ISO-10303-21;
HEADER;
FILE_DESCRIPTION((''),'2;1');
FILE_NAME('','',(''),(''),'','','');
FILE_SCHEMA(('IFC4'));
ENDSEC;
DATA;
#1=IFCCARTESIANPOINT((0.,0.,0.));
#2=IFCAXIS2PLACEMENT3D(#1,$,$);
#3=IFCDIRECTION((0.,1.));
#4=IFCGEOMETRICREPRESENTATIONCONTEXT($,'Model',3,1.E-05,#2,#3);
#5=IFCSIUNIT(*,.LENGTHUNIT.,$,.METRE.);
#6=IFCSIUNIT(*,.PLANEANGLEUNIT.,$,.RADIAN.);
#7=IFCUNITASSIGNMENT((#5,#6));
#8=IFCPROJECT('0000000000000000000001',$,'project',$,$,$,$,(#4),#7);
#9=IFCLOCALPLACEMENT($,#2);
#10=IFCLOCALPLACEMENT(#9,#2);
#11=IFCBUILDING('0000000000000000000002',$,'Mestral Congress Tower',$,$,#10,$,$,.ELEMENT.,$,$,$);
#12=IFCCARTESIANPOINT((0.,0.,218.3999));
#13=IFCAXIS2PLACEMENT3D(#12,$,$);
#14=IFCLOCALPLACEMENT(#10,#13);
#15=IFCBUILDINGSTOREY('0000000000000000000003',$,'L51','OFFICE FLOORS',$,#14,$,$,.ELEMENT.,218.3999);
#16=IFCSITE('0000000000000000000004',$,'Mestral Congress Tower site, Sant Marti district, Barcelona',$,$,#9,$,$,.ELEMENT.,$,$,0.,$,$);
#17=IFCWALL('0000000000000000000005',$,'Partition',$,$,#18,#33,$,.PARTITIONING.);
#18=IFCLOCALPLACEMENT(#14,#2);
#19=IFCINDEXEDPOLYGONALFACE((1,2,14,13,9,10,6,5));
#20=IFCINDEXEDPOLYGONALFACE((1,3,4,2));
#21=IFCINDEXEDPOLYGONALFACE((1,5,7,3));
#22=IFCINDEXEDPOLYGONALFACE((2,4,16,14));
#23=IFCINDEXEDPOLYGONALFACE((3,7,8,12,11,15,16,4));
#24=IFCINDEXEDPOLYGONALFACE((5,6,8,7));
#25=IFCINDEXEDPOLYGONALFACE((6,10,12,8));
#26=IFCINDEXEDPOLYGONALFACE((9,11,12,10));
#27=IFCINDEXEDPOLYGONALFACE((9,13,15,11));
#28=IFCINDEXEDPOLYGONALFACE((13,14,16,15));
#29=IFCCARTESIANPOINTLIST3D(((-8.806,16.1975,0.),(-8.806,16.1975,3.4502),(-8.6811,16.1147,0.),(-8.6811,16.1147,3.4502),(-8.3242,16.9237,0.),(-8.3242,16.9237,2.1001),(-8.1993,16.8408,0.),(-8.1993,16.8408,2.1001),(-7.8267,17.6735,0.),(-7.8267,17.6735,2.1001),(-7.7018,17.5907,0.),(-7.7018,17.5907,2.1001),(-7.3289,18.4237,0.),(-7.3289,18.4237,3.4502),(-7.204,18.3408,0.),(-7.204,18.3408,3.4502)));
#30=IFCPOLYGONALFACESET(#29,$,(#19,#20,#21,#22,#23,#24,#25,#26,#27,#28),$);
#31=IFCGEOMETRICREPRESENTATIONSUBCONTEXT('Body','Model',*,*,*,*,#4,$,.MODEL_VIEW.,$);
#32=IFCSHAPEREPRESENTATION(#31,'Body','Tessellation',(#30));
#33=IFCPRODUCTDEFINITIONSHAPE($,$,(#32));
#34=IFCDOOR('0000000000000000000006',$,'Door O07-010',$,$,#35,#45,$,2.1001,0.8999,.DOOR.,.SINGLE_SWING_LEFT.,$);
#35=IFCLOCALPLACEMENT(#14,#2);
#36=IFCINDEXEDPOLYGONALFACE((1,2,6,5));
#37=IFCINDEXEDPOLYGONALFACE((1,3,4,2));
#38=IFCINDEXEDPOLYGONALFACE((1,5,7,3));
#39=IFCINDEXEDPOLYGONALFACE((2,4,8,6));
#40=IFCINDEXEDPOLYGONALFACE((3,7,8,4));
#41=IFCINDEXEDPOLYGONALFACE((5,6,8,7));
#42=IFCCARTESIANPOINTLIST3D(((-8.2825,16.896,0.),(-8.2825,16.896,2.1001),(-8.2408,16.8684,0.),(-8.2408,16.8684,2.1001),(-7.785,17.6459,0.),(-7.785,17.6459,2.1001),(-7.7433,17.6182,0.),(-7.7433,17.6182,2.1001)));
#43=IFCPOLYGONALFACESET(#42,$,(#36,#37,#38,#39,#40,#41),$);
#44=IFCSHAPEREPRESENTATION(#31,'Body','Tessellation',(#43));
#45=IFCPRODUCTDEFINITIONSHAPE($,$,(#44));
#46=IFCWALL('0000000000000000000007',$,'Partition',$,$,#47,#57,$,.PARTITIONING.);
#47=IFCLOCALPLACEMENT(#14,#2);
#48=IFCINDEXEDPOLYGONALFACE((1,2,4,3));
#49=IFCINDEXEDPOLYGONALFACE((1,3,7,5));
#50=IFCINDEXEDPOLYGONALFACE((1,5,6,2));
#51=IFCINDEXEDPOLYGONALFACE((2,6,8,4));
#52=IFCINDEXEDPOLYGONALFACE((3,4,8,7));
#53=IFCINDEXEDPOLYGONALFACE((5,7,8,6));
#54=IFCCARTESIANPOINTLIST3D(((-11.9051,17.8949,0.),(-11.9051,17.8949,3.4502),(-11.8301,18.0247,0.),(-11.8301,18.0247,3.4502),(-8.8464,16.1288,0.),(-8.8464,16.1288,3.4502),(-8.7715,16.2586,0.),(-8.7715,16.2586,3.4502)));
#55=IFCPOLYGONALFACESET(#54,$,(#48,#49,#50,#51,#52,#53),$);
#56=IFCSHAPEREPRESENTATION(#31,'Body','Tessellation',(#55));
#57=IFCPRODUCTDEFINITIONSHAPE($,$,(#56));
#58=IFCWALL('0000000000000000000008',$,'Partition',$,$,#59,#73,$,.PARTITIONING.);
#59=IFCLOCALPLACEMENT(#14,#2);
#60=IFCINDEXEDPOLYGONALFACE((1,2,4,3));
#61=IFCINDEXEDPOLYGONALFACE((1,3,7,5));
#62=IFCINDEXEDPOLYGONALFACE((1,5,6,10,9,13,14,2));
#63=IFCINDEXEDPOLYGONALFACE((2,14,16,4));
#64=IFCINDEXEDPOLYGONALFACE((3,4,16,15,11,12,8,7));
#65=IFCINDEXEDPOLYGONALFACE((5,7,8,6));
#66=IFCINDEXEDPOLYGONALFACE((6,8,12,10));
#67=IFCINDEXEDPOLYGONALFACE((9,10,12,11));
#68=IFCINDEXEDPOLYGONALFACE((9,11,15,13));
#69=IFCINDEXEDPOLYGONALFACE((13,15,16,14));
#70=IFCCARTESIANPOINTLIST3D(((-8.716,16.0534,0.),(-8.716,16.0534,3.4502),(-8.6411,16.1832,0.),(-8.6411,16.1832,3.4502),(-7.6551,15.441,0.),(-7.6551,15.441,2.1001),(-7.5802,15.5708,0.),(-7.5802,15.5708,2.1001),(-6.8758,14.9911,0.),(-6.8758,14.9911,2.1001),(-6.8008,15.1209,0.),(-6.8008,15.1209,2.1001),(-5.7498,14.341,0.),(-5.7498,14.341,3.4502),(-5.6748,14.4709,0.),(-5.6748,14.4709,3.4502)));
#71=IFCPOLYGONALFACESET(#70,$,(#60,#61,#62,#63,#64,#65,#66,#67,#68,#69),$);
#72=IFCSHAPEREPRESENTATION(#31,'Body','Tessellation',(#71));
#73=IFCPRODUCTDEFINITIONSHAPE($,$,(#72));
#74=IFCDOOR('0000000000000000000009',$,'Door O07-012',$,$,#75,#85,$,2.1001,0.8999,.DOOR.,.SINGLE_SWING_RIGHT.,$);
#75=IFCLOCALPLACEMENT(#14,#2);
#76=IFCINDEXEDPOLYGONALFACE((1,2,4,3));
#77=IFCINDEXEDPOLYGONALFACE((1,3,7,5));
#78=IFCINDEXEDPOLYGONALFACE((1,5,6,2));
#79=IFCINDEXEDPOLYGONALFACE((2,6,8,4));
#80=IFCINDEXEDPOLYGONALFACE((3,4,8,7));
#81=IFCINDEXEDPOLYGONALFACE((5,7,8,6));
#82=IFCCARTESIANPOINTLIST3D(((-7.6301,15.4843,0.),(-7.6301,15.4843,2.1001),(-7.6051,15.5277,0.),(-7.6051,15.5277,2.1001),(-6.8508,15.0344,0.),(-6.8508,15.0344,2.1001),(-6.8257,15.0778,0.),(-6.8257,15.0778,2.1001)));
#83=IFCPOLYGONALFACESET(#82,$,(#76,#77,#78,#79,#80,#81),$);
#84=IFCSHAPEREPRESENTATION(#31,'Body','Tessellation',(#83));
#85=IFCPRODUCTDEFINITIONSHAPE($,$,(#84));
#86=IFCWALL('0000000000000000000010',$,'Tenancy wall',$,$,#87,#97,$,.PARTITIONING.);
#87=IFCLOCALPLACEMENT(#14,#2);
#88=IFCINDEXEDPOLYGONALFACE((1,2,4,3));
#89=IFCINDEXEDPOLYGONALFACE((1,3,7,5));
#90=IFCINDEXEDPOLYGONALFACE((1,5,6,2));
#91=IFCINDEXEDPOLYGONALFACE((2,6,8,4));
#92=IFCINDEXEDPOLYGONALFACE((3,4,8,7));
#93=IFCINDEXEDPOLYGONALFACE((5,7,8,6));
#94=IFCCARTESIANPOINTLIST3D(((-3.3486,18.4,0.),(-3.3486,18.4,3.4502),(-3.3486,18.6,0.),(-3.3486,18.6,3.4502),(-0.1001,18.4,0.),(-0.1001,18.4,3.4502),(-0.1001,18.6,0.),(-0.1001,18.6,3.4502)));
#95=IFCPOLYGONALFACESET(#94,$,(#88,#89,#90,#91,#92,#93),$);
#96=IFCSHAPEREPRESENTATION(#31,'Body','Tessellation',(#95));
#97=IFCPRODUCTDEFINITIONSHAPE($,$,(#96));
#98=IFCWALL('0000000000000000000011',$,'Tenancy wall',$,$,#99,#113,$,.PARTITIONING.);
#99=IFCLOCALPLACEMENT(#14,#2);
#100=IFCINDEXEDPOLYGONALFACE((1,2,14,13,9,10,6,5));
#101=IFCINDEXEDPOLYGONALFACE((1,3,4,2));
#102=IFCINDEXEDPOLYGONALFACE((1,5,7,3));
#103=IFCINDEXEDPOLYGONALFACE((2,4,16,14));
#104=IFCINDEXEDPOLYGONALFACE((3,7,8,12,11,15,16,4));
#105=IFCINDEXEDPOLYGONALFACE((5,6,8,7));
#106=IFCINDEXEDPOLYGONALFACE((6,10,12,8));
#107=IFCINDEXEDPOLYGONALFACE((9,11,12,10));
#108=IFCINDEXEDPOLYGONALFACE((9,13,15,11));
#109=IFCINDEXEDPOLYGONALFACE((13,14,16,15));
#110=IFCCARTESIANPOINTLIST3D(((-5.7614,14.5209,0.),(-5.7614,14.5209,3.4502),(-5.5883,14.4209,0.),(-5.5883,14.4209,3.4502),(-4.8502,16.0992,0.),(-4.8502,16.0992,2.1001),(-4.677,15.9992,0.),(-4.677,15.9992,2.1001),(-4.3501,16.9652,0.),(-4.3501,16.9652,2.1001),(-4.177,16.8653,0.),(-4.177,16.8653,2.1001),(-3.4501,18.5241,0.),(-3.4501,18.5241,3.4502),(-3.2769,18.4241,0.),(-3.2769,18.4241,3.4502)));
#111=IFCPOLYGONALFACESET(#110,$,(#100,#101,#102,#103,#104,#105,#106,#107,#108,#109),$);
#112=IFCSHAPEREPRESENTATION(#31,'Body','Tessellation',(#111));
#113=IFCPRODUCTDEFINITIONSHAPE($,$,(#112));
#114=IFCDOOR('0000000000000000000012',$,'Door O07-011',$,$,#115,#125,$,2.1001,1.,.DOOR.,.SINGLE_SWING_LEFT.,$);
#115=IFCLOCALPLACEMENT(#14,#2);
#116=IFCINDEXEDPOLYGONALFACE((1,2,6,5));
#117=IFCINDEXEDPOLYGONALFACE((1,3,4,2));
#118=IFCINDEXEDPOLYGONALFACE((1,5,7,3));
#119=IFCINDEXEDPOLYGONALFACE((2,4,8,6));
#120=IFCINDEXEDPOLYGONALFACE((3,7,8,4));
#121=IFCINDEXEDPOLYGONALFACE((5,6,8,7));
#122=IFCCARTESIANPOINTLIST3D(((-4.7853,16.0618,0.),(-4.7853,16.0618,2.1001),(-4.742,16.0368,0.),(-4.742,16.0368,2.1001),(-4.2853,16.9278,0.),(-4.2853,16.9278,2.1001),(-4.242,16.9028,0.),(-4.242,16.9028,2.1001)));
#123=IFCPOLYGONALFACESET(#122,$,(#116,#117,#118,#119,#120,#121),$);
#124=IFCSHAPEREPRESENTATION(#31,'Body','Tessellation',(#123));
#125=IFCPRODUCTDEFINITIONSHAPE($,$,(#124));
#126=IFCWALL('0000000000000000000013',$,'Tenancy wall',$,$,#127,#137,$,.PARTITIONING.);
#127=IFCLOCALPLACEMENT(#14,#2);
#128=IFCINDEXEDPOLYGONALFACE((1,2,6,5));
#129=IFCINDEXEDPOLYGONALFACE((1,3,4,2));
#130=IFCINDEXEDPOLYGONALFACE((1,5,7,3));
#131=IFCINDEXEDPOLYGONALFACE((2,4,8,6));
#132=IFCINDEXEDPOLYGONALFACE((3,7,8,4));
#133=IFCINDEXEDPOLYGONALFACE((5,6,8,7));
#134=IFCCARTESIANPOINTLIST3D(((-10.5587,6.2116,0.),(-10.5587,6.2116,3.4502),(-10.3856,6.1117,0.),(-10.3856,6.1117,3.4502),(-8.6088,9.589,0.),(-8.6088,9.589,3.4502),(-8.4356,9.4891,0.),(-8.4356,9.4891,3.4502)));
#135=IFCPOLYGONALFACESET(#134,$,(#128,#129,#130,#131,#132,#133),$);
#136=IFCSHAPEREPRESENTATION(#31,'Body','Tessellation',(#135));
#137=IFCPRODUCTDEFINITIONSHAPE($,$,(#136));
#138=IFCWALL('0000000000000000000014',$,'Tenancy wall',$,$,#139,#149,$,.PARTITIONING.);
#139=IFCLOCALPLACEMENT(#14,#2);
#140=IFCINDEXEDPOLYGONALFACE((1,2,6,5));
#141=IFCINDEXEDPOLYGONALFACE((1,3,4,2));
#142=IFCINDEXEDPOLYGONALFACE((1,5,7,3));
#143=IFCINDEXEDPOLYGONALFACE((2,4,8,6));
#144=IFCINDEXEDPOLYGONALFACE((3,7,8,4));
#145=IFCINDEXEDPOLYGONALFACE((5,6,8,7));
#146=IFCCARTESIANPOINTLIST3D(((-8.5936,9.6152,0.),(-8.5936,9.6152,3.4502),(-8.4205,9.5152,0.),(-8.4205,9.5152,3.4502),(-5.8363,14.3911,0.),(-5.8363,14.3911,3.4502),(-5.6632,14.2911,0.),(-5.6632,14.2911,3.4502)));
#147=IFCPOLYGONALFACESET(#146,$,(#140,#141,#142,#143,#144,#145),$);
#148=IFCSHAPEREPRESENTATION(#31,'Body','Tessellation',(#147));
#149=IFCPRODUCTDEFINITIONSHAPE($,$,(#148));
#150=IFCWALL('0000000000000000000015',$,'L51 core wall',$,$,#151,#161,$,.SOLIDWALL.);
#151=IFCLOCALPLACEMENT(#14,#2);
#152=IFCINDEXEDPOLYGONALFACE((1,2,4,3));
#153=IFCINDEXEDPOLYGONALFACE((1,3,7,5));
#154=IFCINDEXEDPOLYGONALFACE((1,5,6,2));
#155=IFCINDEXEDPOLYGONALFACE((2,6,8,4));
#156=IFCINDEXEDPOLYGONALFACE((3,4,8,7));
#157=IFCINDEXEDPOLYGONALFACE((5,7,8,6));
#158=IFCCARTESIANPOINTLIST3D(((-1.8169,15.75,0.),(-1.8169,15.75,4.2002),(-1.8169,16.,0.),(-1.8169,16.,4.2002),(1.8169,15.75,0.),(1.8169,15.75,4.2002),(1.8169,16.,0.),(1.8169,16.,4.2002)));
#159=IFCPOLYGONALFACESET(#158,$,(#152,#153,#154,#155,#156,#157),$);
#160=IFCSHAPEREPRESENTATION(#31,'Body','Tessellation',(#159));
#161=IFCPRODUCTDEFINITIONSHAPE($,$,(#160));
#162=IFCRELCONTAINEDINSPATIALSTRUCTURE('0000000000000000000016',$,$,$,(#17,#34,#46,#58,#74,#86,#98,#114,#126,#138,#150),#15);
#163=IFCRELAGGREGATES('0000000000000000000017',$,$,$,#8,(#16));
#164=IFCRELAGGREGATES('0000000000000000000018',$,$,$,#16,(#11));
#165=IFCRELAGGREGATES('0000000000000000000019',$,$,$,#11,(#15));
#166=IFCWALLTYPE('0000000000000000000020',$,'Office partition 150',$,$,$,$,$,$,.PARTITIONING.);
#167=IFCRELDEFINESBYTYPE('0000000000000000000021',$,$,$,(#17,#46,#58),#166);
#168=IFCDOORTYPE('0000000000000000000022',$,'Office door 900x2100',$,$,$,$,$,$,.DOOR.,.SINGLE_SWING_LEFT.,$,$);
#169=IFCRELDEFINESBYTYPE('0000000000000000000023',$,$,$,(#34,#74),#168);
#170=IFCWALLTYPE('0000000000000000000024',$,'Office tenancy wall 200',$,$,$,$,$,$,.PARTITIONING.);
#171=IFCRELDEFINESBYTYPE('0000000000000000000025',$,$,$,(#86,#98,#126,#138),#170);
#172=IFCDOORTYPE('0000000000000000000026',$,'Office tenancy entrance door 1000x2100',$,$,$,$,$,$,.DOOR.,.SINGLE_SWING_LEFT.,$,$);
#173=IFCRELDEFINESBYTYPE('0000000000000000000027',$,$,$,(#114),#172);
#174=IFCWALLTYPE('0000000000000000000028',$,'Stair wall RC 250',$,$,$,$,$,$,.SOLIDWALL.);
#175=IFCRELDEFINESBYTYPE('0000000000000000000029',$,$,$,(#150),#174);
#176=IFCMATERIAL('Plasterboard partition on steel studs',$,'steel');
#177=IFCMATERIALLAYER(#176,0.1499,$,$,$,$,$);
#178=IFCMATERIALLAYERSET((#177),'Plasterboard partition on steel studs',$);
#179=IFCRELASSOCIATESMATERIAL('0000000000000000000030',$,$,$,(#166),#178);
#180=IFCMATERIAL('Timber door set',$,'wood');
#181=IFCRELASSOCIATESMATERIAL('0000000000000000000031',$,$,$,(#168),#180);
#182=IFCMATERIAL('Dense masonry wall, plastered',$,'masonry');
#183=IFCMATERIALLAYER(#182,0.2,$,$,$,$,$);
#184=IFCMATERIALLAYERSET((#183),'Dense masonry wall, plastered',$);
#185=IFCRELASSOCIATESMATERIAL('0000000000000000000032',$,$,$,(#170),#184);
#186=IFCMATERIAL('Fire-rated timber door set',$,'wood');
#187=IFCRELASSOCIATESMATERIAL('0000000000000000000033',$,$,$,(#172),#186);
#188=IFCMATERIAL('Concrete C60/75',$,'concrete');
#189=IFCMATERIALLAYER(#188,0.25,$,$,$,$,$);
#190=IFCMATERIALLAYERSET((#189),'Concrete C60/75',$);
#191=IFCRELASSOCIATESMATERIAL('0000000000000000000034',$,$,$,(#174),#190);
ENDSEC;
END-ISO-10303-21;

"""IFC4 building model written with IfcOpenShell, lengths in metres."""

from ifc_helpers import new_model, si_unit, direction, frame, frame_2d, origin, place, context, subcontext, project, spatial, rectangle, extrude, material, layer, layer_set, type_object, element, fill, save


model = new_model("IFC4")

# Units and contexts
model_context = context("Model", 3, precision=1e-05, world=origin(), true_north=direction((0.0, 1.0)))
body_context = subcontext(model_context, "Body", "Model", "MODEL_VIEW")
ifc_project = project(units=[si_unit("LENGTHUNIT", "METRE"), si_unit("PLANEANGLEUNIT", "RADIAN")], contexts=[model_context])

# Site, building, storey
site_placement = place(None, origin())
site = spatial("IfcSite", under=ifc_project, at=site_placement, Name="Mestral Congress Tower site, Sant Marti district, Barcelona", CompositionType="ELEMENT", RefElevation=0.0)
building_placement = place(site_placement, origin())
building = spatial("IfcBuilding", under=site, at=building_placement, Name="Mestral Congress Tower", CompositionType="ELEMENT")
storey_placement = place(building_placement, frame((0.0, 0.0, 218.3999)))
storey = spatial("IfcBuildingStorey", under=building, at=storey_placement, Name="L51", Description="OFFICE FLOORS", CompositionType="ELEMENT", Elevation=218.3999)

# Shared definitions
ifc_material_1 = material(Name="Concrete C60/75", Category="concrete")

# Wall, opening, door
ifc_material_2 = material(Name="Plasterboard partition on steel studs", Category="steel")
ifc_layer_1 = layer(ifc_material_2, 0.1499)
ifc_layer_set_1 = layer_set([ifc_layer_1], Name="Plasterboard partition on steel studs")
wall_type_1 = type_object("IfcWallType", Name="Office partition 150", PredefinedType="PARTITIONING", material=ifc_layer_set_1)
wall_1_placement = place(storey_placement, frame((-8.7437, 16.156, 0.0), z_axis=(0.0, 0.0, 1.0), x_axis=(0.552885, 0.833257, 0.0)))
wall_1 = element("IfcWall", 1, at=wall_1_placement, inside=storey, type_object=wall_type_1, Name="Partition", PredefinedType="PARTITIONING", context=body_context, shape_type="SweptSolid", body=[
    extrude(rectangle(XDim=2.6716, YDim=0.1499, at=frame_2d((1.3359, 0.0))), origin(), (0.0, 0.0, 1.0), 3.4502),
])
opening_1_placement = place(wall_1_placement, frame((0.8716, 0.0, 0.0)))
opening_1 = element("IfcOpeningElement", 2, at=opening_1_placement, cuts=wall_1, PredefinedType="OPENING", context=body_context, shape_type="SweptSolid", body=[
    extrude(rectangle(XDim=0.8999, YDim=2.1001, at=frame_2d((0.45, 1.05))), frame((0.0, 0.085, 0.0), z_axis=(0.0, -1.0, 0.0), x_axis=(1.0, 0.0, 0.0)), (0.0, 0.0, 1.0), 0.1699),
])
ifc_material_3 = material(Name="Timber door set", Category="wood")
door_type_1 = type_object("IfcDoorType", Name="Office door 900x2100", OperationType="SINGLE_SWING_LEFT", PredefinedType="DOOR", material=ifc_material_3)
door_1_placement = place(opening_1_placement, origin())
door_1 = element("IfcDoor", 3, at=door_1_placement, inside=storey, type_object=door_type_1, Name="Door O07-010", OperationType="SINGLE_SWING_LEFT", OverallHeight=2.1001, OverallWidth=0.8999, PredefinedType="DOOR", context=body_context, shape_type="SweptSolid", body=[
    extrude(rectangle(XDim=0.8999, YDim=2.1001, at=frame_2d((0.45, 1.05))), frame((0.0, 0.0249, 0.0), z_axis=(0.0, -1.0, 0.0), x_axis=(1.0, 0.0, 0.0)), (0.0, 0.0, 1.0), 0.05),
])
fill(opening_1, door_1)

# Wall
wall_2_placement = place(storey_placement, frame((-8.8088, 16.1936, 0.0), z_axis=(0.0, 0.0, 1.0), x_axis=(-0.865997, 0.50005, 0.0)))
element("IfcWall", 4, at=wall_2_placement, inside=storey, type_object=wall_type_1, Name="Partition", PredefinedType="PARTITIONING", context=body_context, shape_type="SweptSolid", body=[
    extrude(rectangle(XDim=3.532, YDim=0.1499, at=frame_2d((1.7661, 0.0))), origin(), (0.0, 0.0, 1.0), 3.4502),
])

# Wall, opening, door
wall_3_placement = place(storey_placement, frame((-5.7124, 14.406, 0.0), z_axis=(0.0, 0.0, 1.0), x_axis=(-0.86605, 0.499957, 0.0)))
wall_3 = element("IfcWall", 5, at=wall_3_placement, inside=storey, type_object=wall_type_1, Name="Partition", PredefinedType="PARTITIONING", context=body_context, shape_type="SweptSolid", body=[
    extrude(rectangle(XDim=3.425, YDim=0.1499, at=frame_2d((1.7124, 0.0))), origin(), (0.0, 0.0, 1.0), 3.4502),
])
opening_2_placement = place(wall_3_placement, frame((1.3, 0.0, 0.0)))
opening_2 = element("IfcOpeningElement", 6, at=opening_2_placement, cuts=wall_3, PredefinedType="OPENING", context=body_context, shape_type="SweptSolid", body=[
    extrude(rectangle(XDim=0.8999, YDim=2.1001, at=frame_2d((0.45, 1.05))), frame((0.0, 0.085, 0.0), z_axis=(0.0, -1.0, 0.0), x_axis=(1.0, 0.0, 0.0)), (0.0, 0.0, 1.0), 0.1699),
])
door_2_placement = place(opening_2_placement, origin())
door_2 = element("IfcDoor", 7, at=door_2_placement, inside=storey, type_object=door_type_1, Name="Door O07-012", OperationType="SINGLE_SWING_RIGHT", OverallHeight=2.1001, OverallWidth=0.8999, PredefinedType="DOOR", context=body_context, shape_type="SweptSolid", body=[
    extrude(rectangle(XDim=0.8999, YDim=2.1001, at=frame_2d((0.45, 1.05))), frame((0.0, 0.0249, 0.0), z_axis=(0.0, -1.0, 0.0), x_axis=(1.0, 0.0, 0.0)), (0.0, 0.0, 1.0), 0.05),
])
fill(opening_2, door_2)

# Wall
ifc_material_4 = material(Name="Dense masonry wall, plastered", Category="masonry")
ifc_layer_2 = layer(ifc_material_4, 0.2)
ifc_layer_set_2 = layer_set([ifc_layer_2], Name="Dense masonry wall, plastered")
wall_type_2 = type_object("IfcWallType", Name="Office tenancy wall 200", PredefinedType="PARTITIONING", material=ifc_layer_set_2)
wall_4_placement = place(storey_placement, frame((-0.1001, 18.5, 0.0), z_axis=(0.0, 0.0, 1.0), x_axis=(-1.0, 0.0, 0.0)))
element("IfcWall", 8, at=wall_4_placement, inside=storey, type_object=wall_type_2, Name="Tenancy wall", PredefinedType="PARTITIONING", context=body_context, shape_type="SweptSolid", body=[
    extrude(rectangle(XDim=3.2485, YDim=0.2, at=frame_2d((1.6243, 0.0))), origin(), (0.0, 0.0, 1.0), 3.4502),
])

# Wall, opening, door
wall_5_placement = place(storey_placement, frame((-3.3635, 18.4741, 0.0), z_axis=(0.0, 0.0, 1.0), x_axis=(-0.500007, -0.866021, 0.0)))
wall_5 = element("IfcWall", 9, at=wall_5_placement, inside=storey, type_object=wall_type_2, Name="Tenancy wall", PredefinedType="PARTITIONING", context=body_context, shape_type="SweptSolid", body=[
    extrude(rectangle(XDim=4.6226, YDim=0.2, at=frame_2d((2.3113, 0.0))), origin(), (0.0, 0.0, 1.0), 3.4502),
])
opening_3_placement = place(wall_5_placement, frame((1.8, 0.0, 0.0)))
opening_3 = element("IfcOpeningElement", 10, at=opening_3_placement, cuts=wall_5, PredefinedType="OPENING", context=body_context, shape_type="SweptSolid", body=[
    extrude(rectangle(XDim=1.0, YDim=2.1001, at=frame_2d((0.5, 1.05))), frame((0.0, 0.1099, 0.0), z_axis=(0.0, -1.0, 0.0), x_axis=(1.0, 0.0, 0.0)), (0.0, 0.0, 1.0), 0.22),
])
ifc_material_5 = material(Name="Fire-rated timber door set", Category="wood")
door_type_2 = type_object("IfcDoorType", Name="Office tenancy entrance door 1000x2100", OperationType="SINGLE_SWING_LEFT", PredefinedType="DOOR", material=ifc_material_5)
door_3_placement = place(opening_3_placement, origin())
door_3 = element("IfcDoor", 11, at=door_3_placement, inside=storey, type_object=door_type_2, Name="Door O07-011", OperationType="SINGLE_SWING_LEFT", OverallHeight=2.1001, OverallWidth=1.0, PredefinedType="DOOR", context=body_context, shape_type="SweptSolid", body=[
    extrude(rectangle(XDim=1.0, YDim=2.1001, at=frame_2d((0.5, 1.05))), frame((0.0, 0.0249, 0.0), z_axis=(0.0, -1.0, 0.0), x_axis=(1.0, 0.0, 0.0)), (0.0, 0.0, 1.0), 0.05),
])
fill(opening_3, door_3)

# Walls
wall_6_placement = place(storey_placement, frame((-8.5222, 9.5391, 0.0), z_axis=(0.0, 0.0, 1.0), x_axis=(-0.499997, -0.866027, 0.0)))
element("IfcWall", 12, at=wall_6_placement, inside=storey, type_object=wall_type_2, Name="Tenancy wall", PredefinedType="PARTITIONING", context=body_context, shape_type="SweptSolid", body=[
    extrude(rectangle(XDim=3.8999, YDim=0.2, at=frame_2d((1.95, 0.0))), origin(), (0.0, 0.0, 1.0), 3.4502),
])
wall_7_placement = place(storey_placement, frame((-5.7498, 14.3411, 0.0), z_axis=(0.0, 0.0, 1.0), x_axis=(-0.499996, -0.866028, 0.0)))
element("IfcWall", 13, at=wall_7_placement, inside=storey, type_object=wall_type_2, Name="Tenancy wall", PredefinedType="PARTITIONING", context=body_context, shape_type="SweptSolid", body=[
    extrude(rectangle(XDim=5.5146, YDim=0.2, at=frame_2d((2.7573, 0.0))), origin(), (0.0, 0.0, 1.0), 3.4502),
])
ifc_layer_3 = layer(ifc_material_1, 0.25)
ifc_layer_set_3 = layer_set([ifc_layer_3], Name="Concrete C60/75")
wall_type_3 = type_object("IfcWallType", Name="Stair wall RC 250", PredefinedType="SOLIDWALL", material=ifc_layer_set_3)
wall_8_placement = place(storey_placement, frame((-1.8169, 15.875, 0.0), z_axis=(0.0, 0.0, 1.0), x_axis=(1.0, 0.0, 0.0)))
element("IfcWall", 14, at=wall_8_placement, inside=storey, type_object=wall_type_3, Name="L51 core wall", PredefinedType="SOLIDWALL", context=body_context, shape_type="SweptSolid", body=[
    extrude(rectangle(XDim=3.6338, YDim=0.25, at=frame_2d((1.8169, 0.0))), origin(), (0.0, 0.0, 1.0), 4.2002),
])

save(model, "model.ifc")
